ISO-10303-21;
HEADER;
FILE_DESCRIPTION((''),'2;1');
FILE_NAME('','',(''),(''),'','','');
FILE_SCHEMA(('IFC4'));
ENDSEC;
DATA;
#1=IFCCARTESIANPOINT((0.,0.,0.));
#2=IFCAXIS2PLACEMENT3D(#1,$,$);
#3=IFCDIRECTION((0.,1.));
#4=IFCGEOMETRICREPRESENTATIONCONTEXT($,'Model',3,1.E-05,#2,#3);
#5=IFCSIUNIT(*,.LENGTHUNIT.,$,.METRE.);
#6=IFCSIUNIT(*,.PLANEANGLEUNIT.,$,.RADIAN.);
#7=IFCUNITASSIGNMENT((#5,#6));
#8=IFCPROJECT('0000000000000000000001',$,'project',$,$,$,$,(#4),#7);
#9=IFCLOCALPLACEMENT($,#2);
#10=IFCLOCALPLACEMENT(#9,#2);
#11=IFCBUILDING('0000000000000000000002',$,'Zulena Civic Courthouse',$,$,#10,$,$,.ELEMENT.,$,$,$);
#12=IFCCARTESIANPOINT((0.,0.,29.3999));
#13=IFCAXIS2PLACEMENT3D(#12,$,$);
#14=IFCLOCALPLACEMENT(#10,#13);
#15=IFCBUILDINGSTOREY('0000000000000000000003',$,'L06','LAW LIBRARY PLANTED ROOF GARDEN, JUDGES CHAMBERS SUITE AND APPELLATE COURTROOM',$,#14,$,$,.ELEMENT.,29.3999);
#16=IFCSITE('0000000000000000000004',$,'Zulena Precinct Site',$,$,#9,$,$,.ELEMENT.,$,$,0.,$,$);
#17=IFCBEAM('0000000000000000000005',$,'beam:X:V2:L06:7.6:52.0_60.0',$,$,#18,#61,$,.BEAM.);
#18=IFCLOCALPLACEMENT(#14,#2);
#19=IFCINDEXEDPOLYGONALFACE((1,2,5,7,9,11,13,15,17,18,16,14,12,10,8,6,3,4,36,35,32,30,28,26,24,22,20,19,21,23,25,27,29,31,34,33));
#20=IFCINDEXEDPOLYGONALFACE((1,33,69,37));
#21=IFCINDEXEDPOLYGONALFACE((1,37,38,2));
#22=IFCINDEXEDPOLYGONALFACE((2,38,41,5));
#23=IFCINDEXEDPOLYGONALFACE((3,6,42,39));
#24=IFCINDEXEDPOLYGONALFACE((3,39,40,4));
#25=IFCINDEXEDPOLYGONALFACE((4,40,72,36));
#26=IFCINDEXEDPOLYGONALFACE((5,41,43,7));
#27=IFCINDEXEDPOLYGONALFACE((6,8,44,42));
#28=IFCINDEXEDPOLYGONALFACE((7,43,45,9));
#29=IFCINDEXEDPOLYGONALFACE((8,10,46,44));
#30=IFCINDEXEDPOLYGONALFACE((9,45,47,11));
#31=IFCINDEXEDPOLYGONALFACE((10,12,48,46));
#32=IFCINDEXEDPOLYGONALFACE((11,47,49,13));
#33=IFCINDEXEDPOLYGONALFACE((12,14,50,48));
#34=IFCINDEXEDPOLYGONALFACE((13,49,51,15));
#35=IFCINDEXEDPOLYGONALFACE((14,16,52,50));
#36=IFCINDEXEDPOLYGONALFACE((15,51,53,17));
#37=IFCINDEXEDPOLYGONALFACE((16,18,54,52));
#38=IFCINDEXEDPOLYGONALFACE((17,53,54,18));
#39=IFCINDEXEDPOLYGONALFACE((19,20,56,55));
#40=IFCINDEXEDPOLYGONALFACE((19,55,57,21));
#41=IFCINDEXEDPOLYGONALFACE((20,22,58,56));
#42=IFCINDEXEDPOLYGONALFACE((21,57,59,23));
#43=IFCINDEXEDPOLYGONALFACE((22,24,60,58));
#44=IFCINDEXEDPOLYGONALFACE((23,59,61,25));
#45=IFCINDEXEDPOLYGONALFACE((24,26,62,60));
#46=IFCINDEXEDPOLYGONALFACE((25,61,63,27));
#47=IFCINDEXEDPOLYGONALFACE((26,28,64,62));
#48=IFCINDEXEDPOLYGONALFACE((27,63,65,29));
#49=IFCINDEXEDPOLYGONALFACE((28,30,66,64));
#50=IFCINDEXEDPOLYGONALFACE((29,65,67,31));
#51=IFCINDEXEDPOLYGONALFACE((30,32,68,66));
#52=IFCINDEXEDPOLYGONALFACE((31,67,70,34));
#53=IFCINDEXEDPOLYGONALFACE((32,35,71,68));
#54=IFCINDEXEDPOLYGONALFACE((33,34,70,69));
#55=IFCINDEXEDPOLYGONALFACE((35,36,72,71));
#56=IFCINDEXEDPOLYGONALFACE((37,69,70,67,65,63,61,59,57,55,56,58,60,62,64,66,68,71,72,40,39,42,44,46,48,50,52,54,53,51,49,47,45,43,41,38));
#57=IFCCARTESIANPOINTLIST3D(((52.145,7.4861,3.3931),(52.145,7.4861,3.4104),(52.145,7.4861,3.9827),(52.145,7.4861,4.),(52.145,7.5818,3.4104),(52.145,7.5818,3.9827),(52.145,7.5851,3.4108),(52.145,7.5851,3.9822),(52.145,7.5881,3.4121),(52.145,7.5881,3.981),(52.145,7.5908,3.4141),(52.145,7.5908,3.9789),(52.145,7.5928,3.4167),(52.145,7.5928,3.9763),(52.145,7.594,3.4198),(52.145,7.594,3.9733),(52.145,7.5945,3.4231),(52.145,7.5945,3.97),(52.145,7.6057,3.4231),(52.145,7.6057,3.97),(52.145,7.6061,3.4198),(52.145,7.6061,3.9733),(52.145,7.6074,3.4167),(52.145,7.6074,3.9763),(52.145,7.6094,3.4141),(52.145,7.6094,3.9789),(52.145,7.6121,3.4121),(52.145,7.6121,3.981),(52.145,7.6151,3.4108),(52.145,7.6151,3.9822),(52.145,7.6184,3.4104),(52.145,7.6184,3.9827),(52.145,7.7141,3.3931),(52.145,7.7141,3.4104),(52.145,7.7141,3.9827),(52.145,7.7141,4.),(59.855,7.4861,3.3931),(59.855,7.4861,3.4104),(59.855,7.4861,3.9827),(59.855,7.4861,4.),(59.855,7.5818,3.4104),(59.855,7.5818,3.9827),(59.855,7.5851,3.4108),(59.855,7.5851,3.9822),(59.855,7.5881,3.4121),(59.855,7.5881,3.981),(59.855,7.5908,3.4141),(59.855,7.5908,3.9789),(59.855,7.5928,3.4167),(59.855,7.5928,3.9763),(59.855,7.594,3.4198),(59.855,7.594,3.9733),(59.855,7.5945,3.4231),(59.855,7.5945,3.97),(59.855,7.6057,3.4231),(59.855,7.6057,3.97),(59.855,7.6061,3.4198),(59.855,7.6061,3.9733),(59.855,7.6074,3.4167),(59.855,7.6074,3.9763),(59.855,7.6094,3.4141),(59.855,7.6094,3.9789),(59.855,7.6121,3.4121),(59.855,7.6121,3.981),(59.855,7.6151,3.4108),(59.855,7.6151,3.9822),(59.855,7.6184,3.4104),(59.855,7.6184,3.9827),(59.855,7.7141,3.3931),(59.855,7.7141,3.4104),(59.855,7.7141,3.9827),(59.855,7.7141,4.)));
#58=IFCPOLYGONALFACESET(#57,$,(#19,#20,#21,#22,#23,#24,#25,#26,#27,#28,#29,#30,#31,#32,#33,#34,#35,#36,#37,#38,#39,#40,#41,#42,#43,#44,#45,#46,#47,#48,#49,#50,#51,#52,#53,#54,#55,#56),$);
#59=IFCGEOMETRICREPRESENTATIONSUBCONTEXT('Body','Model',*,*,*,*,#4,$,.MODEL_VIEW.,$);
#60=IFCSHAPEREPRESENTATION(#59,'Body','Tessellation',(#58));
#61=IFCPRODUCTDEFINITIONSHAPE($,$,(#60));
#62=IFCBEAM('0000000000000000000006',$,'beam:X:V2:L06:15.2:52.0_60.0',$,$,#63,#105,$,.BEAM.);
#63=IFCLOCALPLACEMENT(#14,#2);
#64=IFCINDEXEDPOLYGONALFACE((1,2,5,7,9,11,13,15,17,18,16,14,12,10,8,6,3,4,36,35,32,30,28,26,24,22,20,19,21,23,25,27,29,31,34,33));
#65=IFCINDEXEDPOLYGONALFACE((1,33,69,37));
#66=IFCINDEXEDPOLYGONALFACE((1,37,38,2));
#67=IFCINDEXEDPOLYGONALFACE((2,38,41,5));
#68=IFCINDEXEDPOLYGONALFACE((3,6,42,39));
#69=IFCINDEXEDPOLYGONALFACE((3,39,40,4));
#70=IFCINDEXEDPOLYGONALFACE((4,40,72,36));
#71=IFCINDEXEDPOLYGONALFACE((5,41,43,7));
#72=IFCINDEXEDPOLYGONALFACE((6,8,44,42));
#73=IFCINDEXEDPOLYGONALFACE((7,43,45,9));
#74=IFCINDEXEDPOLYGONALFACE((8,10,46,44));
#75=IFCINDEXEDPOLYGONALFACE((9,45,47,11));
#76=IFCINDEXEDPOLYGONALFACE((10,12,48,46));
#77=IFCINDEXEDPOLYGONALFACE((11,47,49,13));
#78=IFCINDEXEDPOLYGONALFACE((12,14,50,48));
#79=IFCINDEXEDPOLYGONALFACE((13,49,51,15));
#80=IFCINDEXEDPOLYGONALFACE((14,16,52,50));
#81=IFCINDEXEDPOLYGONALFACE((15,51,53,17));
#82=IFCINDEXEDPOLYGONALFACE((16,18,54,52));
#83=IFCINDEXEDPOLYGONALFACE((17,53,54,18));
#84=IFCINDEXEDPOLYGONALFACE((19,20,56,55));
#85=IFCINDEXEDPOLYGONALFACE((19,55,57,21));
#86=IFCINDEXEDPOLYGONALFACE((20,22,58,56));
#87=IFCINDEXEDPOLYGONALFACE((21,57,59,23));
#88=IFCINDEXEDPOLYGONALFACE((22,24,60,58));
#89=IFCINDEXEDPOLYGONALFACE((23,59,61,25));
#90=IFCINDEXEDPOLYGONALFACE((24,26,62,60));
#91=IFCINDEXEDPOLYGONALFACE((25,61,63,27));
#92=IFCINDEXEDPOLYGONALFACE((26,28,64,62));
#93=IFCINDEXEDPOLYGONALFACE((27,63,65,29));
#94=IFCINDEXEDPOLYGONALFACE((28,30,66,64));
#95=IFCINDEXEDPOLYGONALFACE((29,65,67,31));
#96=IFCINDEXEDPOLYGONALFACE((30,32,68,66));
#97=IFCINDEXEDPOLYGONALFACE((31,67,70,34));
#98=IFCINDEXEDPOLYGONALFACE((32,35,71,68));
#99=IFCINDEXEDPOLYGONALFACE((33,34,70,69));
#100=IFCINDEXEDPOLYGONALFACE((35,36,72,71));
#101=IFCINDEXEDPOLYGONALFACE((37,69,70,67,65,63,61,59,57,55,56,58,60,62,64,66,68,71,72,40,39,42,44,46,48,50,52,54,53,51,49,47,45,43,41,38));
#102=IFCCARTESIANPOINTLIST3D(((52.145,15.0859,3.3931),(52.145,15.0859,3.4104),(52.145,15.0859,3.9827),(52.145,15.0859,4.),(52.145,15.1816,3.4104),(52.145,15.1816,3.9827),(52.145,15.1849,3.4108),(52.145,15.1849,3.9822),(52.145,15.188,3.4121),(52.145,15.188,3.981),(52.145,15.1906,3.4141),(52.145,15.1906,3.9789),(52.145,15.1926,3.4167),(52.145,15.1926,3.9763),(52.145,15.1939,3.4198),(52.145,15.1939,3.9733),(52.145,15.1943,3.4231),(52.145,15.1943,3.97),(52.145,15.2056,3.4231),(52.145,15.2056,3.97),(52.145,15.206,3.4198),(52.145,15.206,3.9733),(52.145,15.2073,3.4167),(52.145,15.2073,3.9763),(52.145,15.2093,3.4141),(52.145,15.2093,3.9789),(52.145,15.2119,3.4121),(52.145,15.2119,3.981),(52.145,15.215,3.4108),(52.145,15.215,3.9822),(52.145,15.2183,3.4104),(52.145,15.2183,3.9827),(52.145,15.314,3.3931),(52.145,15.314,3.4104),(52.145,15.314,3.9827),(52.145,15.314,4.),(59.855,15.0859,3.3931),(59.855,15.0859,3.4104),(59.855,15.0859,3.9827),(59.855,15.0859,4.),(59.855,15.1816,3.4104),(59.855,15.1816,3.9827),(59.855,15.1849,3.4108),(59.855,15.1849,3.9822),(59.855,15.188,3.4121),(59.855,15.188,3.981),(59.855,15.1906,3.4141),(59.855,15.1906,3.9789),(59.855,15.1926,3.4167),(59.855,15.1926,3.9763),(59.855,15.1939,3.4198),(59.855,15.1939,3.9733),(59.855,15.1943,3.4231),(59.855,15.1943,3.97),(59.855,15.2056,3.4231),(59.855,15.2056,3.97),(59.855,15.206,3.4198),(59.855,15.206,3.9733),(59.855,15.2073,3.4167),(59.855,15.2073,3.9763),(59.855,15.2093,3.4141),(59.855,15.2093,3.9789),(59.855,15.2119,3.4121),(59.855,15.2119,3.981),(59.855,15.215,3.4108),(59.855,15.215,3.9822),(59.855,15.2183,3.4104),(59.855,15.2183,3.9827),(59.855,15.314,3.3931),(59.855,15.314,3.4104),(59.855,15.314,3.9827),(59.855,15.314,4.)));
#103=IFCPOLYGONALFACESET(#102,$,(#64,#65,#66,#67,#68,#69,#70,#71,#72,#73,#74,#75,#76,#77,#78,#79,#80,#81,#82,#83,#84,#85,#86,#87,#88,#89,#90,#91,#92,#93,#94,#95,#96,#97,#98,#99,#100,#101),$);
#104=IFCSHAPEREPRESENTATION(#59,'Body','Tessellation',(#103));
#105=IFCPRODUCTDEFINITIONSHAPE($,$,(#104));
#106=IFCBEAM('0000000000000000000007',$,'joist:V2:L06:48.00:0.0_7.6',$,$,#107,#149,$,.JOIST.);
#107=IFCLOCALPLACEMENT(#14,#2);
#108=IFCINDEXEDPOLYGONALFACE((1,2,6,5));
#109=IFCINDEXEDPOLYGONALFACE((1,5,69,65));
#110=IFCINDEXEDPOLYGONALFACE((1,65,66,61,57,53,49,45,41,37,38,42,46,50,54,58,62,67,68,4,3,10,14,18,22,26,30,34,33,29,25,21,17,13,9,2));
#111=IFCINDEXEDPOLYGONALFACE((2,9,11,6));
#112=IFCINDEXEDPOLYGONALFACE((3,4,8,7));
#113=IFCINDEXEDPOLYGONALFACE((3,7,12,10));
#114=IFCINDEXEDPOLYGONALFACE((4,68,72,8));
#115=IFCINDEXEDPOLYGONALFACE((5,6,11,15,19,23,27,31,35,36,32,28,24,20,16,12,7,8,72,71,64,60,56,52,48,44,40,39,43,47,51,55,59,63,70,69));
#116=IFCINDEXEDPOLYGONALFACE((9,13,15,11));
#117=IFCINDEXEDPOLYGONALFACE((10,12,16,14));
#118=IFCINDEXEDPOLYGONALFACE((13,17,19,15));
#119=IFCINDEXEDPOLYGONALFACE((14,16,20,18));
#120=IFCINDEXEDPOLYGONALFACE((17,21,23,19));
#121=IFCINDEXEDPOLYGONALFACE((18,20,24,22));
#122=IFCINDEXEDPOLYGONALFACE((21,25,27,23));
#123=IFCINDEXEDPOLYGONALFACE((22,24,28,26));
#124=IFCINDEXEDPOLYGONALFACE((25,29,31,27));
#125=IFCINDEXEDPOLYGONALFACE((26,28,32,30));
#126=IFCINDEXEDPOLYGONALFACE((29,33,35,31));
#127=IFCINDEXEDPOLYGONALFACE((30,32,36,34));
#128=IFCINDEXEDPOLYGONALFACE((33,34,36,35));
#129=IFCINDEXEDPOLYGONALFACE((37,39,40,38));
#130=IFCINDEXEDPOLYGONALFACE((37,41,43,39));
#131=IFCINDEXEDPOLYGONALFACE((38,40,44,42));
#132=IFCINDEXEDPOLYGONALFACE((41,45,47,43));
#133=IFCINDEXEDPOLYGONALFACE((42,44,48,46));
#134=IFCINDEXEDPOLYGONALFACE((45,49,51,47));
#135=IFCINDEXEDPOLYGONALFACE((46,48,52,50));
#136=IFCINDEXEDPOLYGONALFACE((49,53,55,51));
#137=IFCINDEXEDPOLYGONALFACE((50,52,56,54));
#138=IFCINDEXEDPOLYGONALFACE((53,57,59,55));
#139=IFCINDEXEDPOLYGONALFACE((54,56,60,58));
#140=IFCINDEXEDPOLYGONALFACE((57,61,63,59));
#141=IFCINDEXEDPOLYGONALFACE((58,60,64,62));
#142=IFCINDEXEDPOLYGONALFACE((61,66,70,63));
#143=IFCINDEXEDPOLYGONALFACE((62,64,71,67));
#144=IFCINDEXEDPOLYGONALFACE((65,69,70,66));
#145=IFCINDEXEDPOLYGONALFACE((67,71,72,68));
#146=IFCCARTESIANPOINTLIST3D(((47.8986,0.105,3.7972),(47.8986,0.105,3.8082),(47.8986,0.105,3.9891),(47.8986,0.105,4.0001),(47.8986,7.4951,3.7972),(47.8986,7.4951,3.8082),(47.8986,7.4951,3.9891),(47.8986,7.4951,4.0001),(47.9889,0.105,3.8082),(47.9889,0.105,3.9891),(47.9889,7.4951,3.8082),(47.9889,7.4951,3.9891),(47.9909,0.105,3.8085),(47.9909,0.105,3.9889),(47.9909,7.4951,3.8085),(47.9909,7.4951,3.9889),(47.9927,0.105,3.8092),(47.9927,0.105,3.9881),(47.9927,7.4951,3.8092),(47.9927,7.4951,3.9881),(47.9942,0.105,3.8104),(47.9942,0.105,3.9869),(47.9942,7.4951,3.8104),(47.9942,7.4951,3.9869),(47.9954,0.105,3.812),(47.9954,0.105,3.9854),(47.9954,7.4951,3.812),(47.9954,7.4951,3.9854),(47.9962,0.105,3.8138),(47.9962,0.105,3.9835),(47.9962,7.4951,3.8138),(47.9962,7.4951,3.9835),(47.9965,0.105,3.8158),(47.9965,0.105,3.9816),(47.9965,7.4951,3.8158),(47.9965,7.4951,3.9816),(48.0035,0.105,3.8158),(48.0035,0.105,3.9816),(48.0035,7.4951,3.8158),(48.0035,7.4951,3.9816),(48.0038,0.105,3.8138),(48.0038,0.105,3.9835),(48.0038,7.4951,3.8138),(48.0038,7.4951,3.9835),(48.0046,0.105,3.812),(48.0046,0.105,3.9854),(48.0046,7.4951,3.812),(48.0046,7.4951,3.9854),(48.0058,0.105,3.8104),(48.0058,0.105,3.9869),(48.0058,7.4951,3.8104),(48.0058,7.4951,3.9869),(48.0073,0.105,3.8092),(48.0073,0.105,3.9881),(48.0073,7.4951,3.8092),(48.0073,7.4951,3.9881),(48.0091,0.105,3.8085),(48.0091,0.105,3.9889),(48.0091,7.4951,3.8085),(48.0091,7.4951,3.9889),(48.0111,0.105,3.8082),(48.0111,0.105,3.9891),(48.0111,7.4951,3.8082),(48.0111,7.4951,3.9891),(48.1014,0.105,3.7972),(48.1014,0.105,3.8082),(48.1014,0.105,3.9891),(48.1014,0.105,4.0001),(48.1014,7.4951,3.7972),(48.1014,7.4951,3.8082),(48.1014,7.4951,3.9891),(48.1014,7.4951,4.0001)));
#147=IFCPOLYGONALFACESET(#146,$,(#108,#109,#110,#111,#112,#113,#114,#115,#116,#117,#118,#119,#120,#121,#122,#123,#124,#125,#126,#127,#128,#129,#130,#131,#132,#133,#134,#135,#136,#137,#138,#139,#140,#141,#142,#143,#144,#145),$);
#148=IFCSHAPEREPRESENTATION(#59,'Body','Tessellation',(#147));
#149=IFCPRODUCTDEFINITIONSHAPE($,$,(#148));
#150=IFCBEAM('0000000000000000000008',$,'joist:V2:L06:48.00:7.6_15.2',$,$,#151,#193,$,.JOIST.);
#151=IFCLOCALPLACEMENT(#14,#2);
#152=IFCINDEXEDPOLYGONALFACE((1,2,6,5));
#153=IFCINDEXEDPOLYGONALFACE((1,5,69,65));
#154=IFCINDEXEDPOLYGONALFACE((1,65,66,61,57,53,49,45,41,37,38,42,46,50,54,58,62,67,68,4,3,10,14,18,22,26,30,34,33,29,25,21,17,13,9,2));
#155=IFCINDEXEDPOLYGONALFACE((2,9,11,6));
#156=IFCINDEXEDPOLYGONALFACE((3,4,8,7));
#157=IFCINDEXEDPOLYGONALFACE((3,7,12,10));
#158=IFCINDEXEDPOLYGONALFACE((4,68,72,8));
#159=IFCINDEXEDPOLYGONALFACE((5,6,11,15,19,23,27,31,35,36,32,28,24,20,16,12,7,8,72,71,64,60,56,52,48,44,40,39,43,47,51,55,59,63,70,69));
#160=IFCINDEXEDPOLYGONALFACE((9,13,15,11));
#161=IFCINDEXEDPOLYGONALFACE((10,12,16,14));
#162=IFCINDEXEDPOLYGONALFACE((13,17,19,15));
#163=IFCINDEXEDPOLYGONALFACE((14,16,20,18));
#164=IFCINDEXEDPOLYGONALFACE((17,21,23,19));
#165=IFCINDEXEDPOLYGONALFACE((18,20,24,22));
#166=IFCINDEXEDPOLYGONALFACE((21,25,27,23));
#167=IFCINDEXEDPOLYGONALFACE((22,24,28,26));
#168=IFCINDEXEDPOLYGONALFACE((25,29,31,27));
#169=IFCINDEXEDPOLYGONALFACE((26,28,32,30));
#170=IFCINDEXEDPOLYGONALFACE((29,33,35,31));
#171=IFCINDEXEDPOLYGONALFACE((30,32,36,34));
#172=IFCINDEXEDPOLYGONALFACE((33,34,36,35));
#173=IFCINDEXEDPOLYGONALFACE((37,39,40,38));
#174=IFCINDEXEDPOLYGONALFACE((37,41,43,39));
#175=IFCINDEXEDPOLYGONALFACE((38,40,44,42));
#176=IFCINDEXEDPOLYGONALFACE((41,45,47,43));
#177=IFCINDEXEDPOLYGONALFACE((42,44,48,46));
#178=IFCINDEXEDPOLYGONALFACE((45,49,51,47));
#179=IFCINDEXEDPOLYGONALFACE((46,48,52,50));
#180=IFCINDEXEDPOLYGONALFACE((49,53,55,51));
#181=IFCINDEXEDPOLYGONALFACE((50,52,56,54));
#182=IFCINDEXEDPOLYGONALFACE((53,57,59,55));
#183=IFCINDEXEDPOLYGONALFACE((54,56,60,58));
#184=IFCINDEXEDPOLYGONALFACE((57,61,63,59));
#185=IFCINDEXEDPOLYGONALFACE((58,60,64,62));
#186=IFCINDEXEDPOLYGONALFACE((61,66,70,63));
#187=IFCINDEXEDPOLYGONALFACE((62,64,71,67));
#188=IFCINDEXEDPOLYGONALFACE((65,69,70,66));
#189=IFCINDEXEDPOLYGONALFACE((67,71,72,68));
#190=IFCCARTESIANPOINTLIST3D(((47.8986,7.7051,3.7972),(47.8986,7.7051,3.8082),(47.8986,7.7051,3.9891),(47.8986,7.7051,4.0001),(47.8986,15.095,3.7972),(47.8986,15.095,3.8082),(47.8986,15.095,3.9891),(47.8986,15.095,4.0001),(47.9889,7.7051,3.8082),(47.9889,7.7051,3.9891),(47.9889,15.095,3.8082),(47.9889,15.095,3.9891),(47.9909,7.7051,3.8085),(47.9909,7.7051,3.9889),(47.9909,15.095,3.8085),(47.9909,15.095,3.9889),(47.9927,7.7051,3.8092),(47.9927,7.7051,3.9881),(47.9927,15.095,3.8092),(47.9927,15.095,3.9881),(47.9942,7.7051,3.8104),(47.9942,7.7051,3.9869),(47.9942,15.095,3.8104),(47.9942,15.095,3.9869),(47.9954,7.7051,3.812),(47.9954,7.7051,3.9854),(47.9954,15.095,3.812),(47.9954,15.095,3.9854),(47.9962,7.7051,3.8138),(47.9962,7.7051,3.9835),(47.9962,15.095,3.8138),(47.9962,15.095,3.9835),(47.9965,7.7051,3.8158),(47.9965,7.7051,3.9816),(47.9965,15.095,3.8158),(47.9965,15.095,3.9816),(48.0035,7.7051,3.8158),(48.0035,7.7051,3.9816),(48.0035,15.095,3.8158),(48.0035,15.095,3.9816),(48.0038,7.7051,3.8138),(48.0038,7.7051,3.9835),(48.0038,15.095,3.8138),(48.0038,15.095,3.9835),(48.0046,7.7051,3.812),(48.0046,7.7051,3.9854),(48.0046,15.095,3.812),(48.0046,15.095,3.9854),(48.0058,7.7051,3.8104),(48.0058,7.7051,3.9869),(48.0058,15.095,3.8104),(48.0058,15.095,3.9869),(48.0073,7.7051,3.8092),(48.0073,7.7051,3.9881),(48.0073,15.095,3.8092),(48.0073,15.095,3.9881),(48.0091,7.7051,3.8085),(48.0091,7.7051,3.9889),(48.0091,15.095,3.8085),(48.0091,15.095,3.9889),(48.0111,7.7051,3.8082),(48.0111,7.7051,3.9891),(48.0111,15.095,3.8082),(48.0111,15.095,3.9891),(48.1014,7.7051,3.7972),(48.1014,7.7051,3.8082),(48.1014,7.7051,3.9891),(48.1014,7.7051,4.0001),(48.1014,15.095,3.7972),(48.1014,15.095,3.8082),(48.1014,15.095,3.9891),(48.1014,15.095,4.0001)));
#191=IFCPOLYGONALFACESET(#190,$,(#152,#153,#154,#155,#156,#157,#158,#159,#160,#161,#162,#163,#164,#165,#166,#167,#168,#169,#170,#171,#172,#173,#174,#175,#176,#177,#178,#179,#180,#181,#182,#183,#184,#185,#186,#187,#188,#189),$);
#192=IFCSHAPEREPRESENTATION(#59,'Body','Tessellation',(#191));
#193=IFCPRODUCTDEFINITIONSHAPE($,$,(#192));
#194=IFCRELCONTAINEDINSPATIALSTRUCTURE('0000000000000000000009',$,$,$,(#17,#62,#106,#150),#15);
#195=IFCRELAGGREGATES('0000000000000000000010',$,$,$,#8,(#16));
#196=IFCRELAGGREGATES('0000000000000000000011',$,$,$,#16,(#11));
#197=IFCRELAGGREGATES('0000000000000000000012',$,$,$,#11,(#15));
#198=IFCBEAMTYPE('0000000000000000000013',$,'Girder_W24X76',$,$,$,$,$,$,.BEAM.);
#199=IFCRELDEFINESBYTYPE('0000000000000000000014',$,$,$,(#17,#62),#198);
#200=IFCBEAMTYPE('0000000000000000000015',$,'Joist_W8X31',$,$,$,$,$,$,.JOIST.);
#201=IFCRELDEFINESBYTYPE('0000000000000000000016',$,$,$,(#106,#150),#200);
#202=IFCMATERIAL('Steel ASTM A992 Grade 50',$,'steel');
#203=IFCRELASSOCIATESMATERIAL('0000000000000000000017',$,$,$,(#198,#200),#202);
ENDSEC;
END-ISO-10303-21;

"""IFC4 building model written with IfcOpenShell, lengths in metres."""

from ifc_helpers import new_model, si_unit, direction, frame, origin, origin_2d, place, context, subcontext, project, spatial, i_section, extrude, material, material_profile, profile_set, type_object, element, save


model = new_model("IFC4")

# Units and contexts
model_context = context("Model", 3, precision=1e-05, world=origin(), true_north=direction((0.0, 1.0)))
body_context = subcontext(model_context, "Body", "Model", "MODEL_VIEW")
ifc_project = project(units=[si_unit("LENGTHUNIT", "METRE"), si_unit("PLANEANGLEUNIT", "RADIAN")], contexts=[model_context])

# Site, building, storey
site_placement = place(None, origin())
site = spatial("IfcSite", under=ifc_project, at=site_placement, Name="Zulena Precinct Site", CompositionType="ELEMENT", RefElevation=0.0)
building_placement = place(site_placement, origin())
building = spatial("IfcBuilding", under=site, at=building_placement, Name="Zulena Civic Courthouse", CompositionType="ELEMENT")
storey_placement = place(building_placement, frame((0.0, 0.0, 29.3999)))
storey = spatial("IfcBuildingStorey", under=building, at=storey_placement, Name="L06", Description="LAW LIBRARY PLANTED ROOF GARDEN, JUDGES CHAMBERS SUITE AND APPELLATE COURTROOM", CompositionType="ELEMENT", Elevation=29.3999)

# Shared definitions
ifc_material_1 = material(Name="Steel ASTM A992 Grade 50", Category="steel")

# Beams
ifc_material_profile_1 = material_profile(ifc_material_1, i_section(OverallWidth=0.228, OverallDepth=0.6069, WebThickness=0.0112, FlangeThickness=0.0173, FilletRadius=0.0127, at=origin_2d()), Name="W24X76")
ifc_profile_set_1 = profile_set([ifc_material_profile_1], Name="Steel ASTM A992 Grade 50")
beam_type_1 = type_object("IfcBeamType", Name="Girder_W24X76", PredefinedType="BEAM", material=ifc_profile_set_1)
for number, where, z_axis, x_axis, name in (
    (1, (52.145, 7.6001, 3.6965), (1.0, 0.0, 0.0), (0.0, 1.0, 0.0), "beam:X:V2:L06:7.6:52.0_60.0"),
    (2, (52.145, 15.2, 3.6965), (1.0, 0.0, 0.0), (0.0, 1.0, 0.0), "beam:X:V2:L06:15.2:52.0_60.0"),
):
    element("IfcBeam", number, at=place(storey_placement, frame(where, z_axis=z_axis, x_axis=x_axis)), inside=storey, type_object=beam_type_1, Name=name, PredefinedType="BEAM", context=body_context, shape_type="SweptSolid", body=[
        extrude(i_section(OverallWidth=0.228, OverallDepth=0.6069, WebThickness=0.0112, FlangeThickness=0.0173, FilletRadius=0.0127, at=origin_2d()), origin(), (0.0, 0.0, 1.0), 7.71),
    ])
ifc_material_profile_2 = material_profile(ifc_material_1, i_section(OverallWidth=0.2029, OverallDepth=0.2029, WebThickness=0.0071, FlangeThickness=0.011, FilletRadius=0.0076, at=origin_2d()), Name="W8X31")
ifc_profile_set_2 = profile_set([ifc_material_profile_2], Name="Steel ASTM A992 Grade 50")
beam_type_2 = type_object("IfcBeamType", Name="Joist_W8X31", PredefinedType="JOIST", material=ifc_profile_set_2)
beam_1_placement = place(storey_placement, frame((48.0, 0.105, 3.8987), z_axis=(0.0, 1.0, 0.0), x_axis=(-1.0, 0.0, 0.0)))
element("IfcBeam", 3, at=beam_1_placement, inside=storey, type_object=beam_type_2, Name="joist:V2:L06:48.00:0.0_7.6", PredefinedType="JOIST", context=body_context, shape_type="SweptSolid", body=[
    extrude(i_section(OverallWidth=0.2029, OverallDepth=0.2029, WebThickness=0.0071, FlangeThickness=0.011, FilletRadius=0.0076, at=origin_2d()), origin(), (0.0, 0.0, 1.0), 7.3901),
])
beam_2_placement = place(storey_placement, frame((48.0, 7.7051, 3.8987), z_axis=(0.0, 1.0, 0.0), x_axis=(-1.0, 0.0, 0.0)))
element("IfcBeam", 4, at=beam_2_placement, inside=storey, type_object=beam_type_2, Name="joist:V2:L06:48.00:7.6_15.2", PredefinedType="JOIST", context=body_context, shape_type="SweptSolid", body=[
    extrude(i_section(OverallWidth=0.2029, OverallDepth=0.2029, WebThickness=0.0071, FlangeThickness=0.011, FilletRadius=0.0076, at=origin_2d()), origin(), (0.0, 0.0, 1.0), 7.3899),
])

save(model, "model.ifc")
